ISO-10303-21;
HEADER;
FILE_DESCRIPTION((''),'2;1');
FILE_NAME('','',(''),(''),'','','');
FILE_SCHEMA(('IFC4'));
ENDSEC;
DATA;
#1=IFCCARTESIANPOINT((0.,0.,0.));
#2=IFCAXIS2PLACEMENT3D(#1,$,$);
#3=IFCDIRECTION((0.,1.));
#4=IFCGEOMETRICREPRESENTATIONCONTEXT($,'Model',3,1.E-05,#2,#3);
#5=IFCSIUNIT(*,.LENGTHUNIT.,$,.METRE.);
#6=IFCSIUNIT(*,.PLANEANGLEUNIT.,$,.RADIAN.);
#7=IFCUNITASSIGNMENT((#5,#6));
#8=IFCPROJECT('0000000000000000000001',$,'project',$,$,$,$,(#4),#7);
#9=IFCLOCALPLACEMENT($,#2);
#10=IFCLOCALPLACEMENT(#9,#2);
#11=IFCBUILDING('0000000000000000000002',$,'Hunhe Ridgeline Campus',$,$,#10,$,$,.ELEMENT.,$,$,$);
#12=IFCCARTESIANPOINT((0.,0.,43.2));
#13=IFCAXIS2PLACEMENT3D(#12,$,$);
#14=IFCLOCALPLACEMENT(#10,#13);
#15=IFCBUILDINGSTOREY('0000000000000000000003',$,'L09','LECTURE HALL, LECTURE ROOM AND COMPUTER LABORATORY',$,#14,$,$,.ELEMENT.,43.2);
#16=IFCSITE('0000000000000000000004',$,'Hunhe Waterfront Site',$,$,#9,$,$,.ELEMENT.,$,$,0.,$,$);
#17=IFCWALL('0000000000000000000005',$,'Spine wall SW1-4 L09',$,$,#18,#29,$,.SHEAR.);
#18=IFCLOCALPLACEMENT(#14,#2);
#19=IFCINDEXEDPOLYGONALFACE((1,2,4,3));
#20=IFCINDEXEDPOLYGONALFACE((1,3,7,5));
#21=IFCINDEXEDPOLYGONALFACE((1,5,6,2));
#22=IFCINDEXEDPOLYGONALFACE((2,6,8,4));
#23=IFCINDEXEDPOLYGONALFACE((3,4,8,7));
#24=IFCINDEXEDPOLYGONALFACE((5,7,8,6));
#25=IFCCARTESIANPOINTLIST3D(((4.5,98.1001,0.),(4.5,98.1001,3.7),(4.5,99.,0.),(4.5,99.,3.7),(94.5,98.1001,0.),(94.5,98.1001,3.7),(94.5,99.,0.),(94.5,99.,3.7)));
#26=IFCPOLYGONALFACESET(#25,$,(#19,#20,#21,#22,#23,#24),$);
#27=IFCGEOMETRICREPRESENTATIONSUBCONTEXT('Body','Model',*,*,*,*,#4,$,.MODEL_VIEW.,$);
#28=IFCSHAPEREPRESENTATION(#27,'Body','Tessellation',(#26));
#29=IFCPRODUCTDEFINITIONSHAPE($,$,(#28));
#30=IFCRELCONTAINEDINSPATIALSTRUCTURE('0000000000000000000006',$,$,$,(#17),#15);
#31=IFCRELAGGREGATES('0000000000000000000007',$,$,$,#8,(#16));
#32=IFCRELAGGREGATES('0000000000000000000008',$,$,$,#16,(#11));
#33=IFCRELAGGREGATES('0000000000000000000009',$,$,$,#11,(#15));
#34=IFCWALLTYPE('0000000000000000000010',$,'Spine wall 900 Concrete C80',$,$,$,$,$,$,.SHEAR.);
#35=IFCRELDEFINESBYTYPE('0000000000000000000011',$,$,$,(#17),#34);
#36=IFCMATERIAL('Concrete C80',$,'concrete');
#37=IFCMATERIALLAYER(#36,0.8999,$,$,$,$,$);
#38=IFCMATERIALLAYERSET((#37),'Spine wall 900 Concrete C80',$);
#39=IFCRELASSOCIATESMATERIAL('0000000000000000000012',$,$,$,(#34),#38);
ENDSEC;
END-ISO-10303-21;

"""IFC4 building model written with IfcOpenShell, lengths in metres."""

from ifc_helpers import new_model, si_unit, direction, frame, frame_2d, origin, place, context, subcontext, project, spatial, rectangle, extrude, material, layer, layer_set, type_object, element, save


model = new_model("IFC4")

# Units and contexts
model_context = context("Model", 3, precision=1e-05, world=origin(), true_north=direction((0.0, 1.0)))
body_context = subcontext(model_context, "Body", "Model", "MODEL_VIEW")
ifc_project = project(units=[si_unit("LENGTHUNIT", "METRE"), si_unit("PLANEANGLEUNIT", "RADIAN")], contexts=[model_context])

# Site, building, storey
site_placement = place(None, origin())
site = spatial("IfcSite", under=ifc_project, at=site_placement, Name="Hunhe Waterfront Site", CompositionType="ELEMENT", RefElevation=0.0)
building_placement = place(site_placement, origin())
building = spatial("IfcBuilding", under=site, at=building_placement, Name="Hunhe Ridgeline Campus", CompositionType="ELEMENT")
storey_placement = place(building_placement, frame((0.0, 0.0, 43.2)))
storey = spatial("IfcBuildingStorey", under=building, at=storey_placement, Name="L09", Description="LECTURE HALL, LECTURE ROOM AND COMPUTER LABORATORY", CompositionType="ELEMENT", Elevation=43.2)

# Shared definitions
ifc_material_1 = material(Name="Concrete C80", Category="concrete")

# Wall
ifc_layer_1 = layer(ifc_material_1, 0.8999)
ifc_layer_set_1 = layer_set([ifc_layer_1], Name="Spine wall 900 Concrete C80")
wall_type_1 = type_object("IfcWallType", Name="Spine wall 900 Concrete C80", PredefinedType="SHEAR", material=ifc_layer_set_1)
wall_1_placement = place(storey_placement, frame((94.5, 98.55, 0.0), z_axis=(0.0, 0.0, 1.0), x_axis=(-1.0, 0.0, 0.0)))
element("IfcWall", 1, at=wall_1_placement, inside=storey, type_object=wall_type_1, Name="Spine wall SW1-4 L09", PredefinedType="SHEAR", context=body_context, shape_type="SweptSolid", body=[
    extrude(rectangle(XDim=90.0, YDim=0.8999, at=frame_2d((45.0, 0.0))), origin(), (0.0, 0.0, 1.0), 3.7),
])

save(model, "model.ifc")
